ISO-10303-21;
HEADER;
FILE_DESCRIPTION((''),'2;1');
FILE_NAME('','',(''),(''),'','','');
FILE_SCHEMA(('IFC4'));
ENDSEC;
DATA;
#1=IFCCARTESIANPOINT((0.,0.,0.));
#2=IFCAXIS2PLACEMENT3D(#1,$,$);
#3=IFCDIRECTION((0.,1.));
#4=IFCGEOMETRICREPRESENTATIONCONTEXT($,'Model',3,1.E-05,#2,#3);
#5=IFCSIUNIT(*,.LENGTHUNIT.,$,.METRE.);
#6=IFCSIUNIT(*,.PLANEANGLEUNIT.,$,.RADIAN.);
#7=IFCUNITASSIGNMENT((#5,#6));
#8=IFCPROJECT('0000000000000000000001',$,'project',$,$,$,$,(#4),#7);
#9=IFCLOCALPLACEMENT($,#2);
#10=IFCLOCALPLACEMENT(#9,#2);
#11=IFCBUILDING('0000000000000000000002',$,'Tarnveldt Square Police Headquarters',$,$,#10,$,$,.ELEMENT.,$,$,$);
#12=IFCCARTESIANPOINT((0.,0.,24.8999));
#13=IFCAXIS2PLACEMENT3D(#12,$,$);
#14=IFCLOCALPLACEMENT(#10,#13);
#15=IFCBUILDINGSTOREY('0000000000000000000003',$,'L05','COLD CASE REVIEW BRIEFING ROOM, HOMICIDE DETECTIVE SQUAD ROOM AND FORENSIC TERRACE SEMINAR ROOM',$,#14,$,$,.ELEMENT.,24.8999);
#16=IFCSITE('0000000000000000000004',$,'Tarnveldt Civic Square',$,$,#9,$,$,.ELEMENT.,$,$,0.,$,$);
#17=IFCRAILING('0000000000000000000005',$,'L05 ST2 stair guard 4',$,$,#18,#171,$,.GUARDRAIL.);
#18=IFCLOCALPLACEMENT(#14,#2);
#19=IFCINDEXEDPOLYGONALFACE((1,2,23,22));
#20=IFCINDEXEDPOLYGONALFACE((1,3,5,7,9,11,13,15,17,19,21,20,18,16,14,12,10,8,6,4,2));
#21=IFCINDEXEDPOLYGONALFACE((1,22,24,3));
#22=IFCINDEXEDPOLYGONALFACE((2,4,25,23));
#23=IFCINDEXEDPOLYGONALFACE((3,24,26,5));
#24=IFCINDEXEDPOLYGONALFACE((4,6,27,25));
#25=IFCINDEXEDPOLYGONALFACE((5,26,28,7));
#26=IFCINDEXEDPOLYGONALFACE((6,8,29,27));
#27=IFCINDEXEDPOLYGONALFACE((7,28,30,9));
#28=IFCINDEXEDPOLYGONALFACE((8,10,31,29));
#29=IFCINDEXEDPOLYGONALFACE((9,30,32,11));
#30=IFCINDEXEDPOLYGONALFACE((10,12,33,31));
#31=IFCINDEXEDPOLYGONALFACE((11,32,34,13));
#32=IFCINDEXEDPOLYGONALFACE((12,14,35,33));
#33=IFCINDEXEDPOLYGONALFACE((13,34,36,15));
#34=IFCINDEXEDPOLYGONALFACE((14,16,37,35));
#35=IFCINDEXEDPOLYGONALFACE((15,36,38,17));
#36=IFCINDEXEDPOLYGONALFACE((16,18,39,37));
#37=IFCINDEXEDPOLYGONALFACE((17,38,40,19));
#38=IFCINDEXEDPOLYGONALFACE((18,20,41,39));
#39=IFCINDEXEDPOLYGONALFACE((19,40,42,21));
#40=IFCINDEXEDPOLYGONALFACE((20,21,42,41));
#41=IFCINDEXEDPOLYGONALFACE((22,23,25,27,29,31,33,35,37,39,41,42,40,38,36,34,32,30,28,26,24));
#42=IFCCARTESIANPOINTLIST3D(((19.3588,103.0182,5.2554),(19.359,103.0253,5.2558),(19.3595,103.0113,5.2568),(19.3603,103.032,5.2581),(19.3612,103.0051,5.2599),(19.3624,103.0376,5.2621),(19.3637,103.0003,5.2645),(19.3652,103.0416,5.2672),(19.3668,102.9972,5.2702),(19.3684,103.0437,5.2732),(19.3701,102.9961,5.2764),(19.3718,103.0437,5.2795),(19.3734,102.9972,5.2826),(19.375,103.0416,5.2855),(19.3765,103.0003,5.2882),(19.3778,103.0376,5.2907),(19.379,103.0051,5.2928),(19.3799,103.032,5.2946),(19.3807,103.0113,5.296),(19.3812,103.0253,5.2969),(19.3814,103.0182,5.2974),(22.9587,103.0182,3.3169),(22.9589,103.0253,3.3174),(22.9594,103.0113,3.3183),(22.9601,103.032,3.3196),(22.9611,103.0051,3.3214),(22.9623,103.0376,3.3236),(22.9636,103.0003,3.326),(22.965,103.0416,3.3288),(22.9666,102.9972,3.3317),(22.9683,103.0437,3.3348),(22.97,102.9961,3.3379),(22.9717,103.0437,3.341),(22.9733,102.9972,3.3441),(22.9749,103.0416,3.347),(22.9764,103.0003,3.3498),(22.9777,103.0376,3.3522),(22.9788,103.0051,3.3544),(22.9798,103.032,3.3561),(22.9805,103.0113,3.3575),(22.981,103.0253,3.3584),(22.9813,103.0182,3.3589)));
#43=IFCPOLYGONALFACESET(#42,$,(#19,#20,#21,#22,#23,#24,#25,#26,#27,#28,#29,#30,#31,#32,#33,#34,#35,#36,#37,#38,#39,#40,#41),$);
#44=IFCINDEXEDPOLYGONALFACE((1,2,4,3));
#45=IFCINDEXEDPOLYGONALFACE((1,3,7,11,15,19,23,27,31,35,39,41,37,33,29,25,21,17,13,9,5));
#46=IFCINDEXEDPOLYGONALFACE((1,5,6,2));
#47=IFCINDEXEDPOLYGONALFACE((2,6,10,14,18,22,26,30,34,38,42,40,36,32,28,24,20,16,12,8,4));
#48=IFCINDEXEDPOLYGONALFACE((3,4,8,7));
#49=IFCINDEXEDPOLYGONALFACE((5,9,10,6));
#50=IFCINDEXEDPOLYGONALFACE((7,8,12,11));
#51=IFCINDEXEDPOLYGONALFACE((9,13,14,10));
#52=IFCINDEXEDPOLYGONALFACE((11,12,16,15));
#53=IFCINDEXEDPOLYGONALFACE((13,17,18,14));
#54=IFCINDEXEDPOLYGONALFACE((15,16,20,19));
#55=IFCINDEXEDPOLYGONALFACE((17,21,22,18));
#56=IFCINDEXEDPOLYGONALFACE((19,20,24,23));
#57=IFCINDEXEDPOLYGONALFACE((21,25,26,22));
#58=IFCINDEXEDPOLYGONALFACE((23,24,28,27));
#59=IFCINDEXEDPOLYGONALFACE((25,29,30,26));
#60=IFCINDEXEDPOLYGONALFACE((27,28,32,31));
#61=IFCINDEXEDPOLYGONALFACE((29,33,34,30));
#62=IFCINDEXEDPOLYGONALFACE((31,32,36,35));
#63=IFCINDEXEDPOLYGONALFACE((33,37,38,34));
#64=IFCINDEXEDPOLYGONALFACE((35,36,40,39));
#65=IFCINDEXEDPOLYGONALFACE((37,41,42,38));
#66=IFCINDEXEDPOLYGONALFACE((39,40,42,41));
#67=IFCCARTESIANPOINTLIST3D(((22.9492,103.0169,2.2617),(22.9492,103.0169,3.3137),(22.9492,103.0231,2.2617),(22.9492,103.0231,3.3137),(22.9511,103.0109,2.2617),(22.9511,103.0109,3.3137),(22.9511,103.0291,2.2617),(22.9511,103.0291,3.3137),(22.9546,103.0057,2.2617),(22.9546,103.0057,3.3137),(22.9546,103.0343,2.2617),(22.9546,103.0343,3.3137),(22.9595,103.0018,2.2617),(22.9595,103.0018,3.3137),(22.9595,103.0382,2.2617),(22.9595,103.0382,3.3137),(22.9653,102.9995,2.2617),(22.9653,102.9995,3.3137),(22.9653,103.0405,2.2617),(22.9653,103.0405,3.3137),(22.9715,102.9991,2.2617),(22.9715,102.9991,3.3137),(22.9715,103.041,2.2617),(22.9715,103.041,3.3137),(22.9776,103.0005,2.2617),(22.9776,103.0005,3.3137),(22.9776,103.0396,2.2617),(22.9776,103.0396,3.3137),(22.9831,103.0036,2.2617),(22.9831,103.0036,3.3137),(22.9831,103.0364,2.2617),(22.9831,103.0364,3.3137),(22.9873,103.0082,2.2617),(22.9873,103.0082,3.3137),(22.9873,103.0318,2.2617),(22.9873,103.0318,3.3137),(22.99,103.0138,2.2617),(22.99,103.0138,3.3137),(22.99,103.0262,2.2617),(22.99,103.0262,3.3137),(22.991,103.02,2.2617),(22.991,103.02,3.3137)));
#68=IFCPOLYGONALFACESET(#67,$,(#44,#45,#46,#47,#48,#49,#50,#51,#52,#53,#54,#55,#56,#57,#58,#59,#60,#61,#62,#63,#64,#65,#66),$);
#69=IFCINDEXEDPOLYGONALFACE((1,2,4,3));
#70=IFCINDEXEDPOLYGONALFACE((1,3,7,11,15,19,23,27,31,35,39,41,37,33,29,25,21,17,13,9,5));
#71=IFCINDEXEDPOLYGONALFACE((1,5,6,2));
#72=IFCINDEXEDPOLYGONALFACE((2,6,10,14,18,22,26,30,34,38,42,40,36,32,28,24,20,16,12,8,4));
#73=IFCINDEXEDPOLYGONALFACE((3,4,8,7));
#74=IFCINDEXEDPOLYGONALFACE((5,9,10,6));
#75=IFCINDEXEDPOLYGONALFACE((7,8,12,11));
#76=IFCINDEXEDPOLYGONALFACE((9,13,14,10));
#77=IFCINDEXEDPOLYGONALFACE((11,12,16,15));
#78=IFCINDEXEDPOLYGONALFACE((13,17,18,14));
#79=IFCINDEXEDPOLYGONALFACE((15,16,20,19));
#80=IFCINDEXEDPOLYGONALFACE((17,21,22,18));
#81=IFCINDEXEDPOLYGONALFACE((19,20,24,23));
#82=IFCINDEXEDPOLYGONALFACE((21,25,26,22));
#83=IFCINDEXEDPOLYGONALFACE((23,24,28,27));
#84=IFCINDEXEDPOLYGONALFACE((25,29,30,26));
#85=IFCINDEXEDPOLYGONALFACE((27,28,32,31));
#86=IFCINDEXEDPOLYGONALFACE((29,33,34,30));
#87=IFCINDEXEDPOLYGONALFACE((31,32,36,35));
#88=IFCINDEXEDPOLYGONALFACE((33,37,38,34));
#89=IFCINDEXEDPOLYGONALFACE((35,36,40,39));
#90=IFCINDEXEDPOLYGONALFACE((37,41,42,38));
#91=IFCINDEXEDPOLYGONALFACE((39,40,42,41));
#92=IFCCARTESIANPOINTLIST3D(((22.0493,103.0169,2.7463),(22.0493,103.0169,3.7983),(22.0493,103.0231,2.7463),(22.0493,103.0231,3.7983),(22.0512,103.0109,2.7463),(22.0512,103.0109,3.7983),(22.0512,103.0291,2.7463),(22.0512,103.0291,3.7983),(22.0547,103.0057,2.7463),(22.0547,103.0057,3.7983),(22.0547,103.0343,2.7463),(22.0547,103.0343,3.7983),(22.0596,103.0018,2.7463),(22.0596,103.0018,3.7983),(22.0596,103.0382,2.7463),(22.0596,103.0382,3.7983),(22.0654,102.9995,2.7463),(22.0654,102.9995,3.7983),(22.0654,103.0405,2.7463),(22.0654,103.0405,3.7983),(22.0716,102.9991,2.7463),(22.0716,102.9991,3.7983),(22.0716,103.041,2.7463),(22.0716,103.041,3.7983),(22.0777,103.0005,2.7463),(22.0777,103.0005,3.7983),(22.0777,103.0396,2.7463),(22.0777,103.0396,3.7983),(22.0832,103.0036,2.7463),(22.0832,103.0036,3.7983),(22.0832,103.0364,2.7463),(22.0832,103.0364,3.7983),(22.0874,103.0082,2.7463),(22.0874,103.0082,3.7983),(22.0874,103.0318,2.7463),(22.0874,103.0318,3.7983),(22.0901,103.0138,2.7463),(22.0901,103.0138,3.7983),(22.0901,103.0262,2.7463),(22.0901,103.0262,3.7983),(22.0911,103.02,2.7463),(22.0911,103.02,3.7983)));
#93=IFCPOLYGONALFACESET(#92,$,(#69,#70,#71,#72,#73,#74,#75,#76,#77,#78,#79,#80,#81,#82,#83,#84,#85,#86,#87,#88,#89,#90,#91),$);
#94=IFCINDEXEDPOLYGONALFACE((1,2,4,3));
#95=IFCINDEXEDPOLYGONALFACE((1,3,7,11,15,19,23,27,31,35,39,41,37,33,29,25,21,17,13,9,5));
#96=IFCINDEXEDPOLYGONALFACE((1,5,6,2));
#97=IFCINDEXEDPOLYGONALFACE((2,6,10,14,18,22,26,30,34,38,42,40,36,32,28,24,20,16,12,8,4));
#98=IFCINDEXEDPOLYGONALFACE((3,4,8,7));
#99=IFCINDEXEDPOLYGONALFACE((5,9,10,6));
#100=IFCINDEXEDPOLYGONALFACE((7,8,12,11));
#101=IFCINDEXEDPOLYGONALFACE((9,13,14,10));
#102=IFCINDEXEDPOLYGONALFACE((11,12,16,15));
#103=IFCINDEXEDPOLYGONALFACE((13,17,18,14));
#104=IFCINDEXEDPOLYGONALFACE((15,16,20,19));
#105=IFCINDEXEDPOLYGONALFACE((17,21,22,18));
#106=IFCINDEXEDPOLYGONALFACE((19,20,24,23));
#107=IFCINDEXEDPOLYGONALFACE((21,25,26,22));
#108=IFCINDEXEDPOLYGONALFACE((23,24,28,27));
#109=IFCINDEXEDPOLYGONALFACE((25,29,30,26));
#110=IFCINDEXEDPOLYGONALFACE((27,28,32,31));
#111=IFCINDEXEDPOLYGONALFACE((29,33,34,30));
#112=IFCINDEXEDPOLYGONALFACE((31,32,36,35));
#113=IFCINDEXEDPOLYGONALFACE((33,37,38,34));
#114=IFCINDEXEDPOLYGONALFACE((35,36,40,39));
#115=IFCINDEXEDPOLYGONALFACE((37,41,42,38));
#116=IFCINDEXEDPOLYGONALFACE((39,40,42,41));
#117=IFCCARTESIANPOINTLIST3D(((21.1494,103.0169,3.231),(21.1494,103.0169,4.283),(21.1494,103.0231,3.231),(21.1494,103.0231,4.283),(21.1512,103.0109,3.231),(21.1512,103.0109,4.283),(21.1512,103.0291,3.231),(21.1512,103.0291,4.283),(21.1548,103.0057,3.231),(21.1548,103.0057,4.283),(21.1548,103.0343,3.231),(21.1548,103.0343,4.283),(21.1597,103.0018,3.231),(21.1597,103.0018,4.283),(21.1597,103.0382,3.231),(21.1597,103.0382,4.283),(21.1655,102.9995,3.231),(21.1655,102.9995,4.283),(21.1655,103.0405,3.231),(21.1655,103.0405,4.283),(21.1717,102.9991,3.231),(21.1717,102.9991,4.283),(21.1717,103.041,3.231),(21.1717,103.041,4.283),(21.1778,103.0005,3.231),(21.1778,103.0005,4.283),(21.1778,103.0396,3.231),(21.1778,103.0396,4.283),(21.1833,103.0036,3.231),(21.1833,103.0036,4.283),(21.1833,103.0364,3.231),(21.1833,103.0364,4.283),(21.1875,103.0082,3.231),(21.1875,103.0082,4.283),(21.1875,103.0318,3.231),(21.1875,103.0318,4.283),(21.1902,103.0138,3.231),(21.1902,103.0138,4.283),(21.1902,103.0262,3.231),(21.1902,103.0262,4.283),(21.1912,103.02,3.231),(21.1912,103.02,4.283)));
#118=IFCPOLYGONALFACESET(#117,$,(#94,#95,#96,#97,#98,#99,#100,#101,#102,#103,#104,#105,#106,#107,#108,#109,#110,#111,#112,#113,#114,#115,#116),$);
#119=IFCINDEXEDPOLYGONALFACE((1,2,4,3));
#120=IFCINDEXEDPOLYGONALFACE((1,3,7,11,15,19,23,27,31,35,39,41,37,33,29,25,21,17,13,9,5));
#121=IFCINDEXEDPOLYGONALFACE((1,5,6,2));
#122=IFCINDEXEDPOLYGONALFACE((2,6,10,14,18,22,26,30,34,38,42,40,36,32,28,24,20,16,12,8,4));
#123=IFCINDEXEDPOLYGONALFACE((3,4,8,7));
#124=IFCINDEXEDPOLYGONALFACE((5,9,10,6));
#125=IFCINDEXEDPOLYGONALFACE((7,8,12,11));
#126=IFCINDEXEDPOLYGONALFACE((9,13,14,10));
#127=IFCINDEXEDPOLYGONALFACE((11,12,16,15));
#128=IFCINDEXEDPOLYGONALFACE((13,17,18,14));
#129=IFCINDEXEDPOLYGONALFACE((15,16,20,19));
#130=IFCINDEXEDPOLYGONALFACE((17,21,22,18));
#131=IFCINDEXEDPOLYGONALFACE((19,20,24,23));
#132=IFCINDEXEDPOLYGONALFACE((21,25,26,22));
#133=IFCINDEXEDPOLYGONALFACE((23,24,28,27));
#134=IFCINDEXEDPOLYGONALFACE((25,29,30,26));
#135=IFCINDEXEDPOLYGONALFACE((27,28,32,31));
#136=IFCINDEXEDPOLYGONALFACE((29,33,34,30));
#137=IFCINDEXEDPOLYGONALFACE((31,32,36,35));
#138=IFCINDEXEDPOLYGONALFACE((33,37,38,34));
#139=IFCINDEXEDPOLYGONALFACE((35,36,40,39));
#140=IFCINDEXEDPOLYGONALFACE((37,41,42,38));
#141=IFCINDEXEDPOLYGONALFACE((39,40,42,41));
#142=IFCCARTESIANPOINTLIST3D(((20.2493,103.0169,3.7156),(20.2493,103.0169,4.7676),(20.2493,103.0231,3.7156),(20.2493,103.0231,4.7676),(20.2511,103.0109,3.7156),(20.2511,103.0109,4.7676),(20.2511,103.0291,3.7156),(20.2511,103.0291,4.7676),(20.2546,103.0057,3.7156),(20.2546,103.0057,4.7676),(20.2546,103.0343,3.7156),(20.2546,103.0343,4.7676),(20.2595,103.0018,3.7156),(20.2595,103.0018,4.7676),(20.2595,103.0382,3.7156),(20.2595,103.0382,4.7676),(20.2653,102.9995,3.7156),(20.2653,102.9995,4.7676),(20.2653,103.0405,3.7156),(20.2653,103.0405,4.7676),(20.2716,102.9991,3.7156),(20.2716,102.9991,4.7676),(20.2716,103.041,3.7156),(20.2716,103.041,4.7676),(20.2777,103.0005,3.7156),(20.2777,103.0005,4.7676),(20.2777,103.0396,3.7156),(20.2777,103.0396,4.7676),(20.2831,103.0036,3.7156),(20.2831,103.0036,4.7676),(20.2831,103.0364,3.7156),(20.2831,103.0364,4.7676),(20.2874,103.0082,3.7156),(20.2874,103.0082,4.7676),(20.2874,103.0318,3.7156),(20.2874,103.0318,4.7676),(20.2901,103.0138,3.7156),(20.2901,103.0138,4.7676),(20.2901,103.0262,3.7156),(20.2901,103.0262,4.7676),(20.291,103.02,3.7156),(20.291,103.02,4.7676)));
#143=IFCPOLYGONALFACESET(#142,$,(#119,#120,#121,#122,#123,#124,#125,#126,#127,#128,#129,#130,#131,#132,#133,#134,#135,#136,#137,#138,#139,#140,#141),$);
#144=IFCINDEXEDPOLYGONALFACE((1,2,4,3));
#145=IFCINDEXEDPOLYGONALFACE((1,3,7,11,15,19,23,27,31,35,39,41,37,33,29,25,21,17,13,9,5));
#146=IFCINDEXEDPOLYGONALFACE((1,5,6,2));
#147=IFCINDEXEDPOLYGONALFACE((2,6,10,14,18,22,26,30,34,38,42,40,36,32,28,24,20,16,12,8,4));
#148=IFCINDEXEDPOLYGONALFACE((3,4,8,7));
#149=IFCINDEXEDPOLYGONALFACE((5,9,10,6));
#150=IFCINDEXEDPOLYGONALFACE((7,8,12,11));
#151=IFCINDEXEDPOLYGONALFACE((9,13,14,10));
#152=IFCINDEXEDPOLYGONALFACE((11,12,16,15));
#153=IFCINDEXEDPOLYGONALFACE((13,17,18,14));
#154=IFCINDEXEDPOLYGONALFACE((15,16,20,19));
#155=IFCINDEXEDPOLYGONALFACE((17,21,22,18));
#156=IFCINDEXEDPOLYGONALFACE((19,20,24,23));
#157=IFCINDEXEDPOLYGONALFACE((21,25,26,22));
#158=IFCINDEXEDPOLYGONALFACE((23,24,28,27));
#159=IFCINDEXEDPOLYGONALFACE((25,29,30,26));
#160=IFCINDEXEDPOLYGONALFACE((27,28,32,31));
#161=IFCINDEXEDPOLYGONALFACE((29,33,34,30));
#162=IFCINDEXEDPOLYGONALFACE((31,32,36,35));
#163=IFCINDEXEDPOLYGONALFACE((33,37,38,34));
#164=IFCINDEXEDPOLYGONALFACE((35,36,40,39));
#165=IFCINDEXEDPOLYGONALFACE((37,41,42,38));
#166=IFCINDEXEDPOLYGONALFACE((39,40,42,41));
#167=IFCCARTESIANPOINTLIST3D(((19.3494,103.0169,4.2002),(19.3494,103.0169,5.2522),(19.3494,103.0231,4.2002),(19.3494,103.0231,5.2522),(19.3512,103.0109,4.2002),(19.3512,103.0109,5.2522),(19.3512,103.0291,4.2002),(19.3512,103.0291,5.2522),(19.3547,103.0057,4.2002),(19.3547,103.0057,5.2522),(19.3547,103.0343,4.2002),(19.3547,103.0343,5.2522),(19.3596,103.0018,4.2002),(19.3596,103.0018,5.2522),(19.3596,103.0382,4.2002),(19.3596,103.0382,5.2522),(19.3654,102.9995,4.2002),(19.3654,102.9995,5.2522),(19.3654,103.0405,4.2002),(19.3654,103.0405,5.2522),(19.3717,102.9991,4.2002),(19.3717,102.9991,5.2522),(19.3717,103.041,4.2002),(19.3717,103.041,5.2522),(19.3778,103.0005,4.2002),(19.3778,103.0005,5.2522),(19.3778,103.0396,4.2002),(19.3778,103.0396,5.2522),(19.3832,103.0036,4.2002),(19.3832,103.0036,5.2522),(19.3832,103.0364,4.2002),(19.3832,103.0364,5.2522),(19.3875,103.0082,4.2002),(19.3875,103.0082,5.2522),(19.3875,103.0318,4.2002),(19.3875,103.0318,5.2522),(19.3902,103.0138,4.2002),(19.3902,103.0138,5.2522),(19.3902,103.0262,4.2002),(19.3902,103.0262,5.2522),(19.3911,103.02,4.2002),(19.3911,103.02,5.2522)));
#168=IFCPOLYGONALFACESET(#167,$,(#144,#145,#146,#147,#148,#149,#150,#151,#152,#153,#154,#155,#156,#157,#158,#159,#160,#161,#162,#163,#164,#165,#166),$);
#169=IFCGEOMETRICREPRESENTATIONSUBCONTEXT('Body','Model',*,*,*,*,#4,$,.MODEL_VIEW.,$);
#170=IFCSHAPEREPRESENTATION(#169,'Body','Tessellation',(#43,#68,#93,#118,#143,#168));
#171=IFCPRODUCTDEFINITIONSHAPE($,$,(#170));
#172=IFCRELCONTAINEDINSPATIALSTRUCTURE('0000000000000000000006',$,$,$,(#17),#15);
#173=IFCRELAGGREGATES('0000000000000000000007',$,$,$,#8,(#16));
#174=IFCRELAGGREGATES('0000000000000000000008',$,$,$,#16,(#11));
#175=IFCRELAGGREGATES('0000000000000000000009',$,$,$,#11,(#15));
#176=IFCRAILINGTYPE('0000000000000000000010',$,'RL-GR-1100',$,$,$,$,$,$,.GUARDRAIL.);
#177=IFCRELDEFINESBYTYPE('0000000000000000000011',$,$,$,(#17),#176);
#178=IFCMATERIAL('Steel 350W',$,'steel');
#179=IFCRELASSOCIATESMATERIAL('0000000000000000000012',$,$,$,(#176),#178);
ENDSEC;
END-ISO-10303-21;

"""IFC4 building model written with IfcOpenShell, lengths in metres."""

from ifc_helpers import new_model, si_unit, direction, frame, origin, origin_2d, place, context, subcontext, project, spatial, circle, extrude, material, type_object, element, save


model = new_model("IFC4")

# Units and contexts
model_context = context("Model", 3, precision=1e-05, world=origin(), true_north=direction((0.0, 1.0)))
body_context = subcontext(model_context, "Body", "Model", "MODEL_VIEW")
ifc_project = project(units=[si_unit("LENGTHUNIT", "METRE"), si_unit("PLANEANGLEUNIT", "RADIAN")], contexts=[model_context])

# Site, building, storey
site_placement = place(None, origin())
site = spatial("IfcSite", under=ifc_project, at=site_placement, Name="Tarnveldt Civic Square", CompositionType="ELEMENT", RefElevation=0.0)
building_placement = place(site_placement, origin())
building = spatial("IfcBuilding", under=site, at=building_placement, Name="Tarnveldt Square Police Headquarters", CompositionType="ELEMENT")
storey_placement = place(building_placement, frame((0.0, 0.0, 24.8999)))
storey = spatial("IfcBuildingStorey", under=building, at=storey_placement, Name="L05", Description="COLD CASE REVIEW BRIEFING ROOM, HOMICIDE DETECTIVE SQUAD ROOM AND FORENSIC TERRACE SEMINAR ROOM", CompositionType="ELEMENT", Elevation=24.8999)

# Shared definitions
ifc_material_1 = material(Name="Steel 350W", Category="steel")

# Railing
railing_type_1 = type_object("IfcRailingType", Name="RL-GR-1100", PredefinedType="GUARDRAIL", material=ifc_material_1)
railing_1_placement = place(storey_placement, frame((22.97, 103.02, 2.2617)))
element("IfcRailing", 1, at=railing_1_placement, inside=storey, type_object=railing_type_1, Name="L05 ST2 stair guard 4", PredefinedType="GUARDRAIL", context=body_context, shape_type="SweptSolid", body=[
    extrude(circle(Radius=0.0239, at=origin_2d()), frame((0.0, 0.0, 1.0762), z_axis=(-0.880462, 0.0, 0.474118), x_axis=(0.0, -1.0, 0.0)), (0.0, 0.0, 1.0), 4.0886),
    extrude(circle(Radius=0.021, at=origin_2d()), origin(), (0.0, 0.0, 1.0), 1.052),
    extrude(circle(Radius=0.021, at=origin_2d()), frame((-0.8999, 0.0, 0.4846)), (0.0, 0.0, 1.0), 1.052),
    extrude(circle(Radius=0.021, at=origin_2d()), frame((-1.7998, 0.0, 0.9692)), (0.0, 0.0, 1.0), 1.052),
    extrude(circle(Radius=0.021, at=origin_2d()), frame((-2.7, 0.0, 1.4539)), (0.0, 0.0, 1.0), 1.052),
    extrude(circle(Radius=0.021, at=origin_2d()), frame((-3.5999, 0.0, 1.9385)), (0.0, 0.0, 1.0), 1.052),
])

save(model, "model.ifc")
